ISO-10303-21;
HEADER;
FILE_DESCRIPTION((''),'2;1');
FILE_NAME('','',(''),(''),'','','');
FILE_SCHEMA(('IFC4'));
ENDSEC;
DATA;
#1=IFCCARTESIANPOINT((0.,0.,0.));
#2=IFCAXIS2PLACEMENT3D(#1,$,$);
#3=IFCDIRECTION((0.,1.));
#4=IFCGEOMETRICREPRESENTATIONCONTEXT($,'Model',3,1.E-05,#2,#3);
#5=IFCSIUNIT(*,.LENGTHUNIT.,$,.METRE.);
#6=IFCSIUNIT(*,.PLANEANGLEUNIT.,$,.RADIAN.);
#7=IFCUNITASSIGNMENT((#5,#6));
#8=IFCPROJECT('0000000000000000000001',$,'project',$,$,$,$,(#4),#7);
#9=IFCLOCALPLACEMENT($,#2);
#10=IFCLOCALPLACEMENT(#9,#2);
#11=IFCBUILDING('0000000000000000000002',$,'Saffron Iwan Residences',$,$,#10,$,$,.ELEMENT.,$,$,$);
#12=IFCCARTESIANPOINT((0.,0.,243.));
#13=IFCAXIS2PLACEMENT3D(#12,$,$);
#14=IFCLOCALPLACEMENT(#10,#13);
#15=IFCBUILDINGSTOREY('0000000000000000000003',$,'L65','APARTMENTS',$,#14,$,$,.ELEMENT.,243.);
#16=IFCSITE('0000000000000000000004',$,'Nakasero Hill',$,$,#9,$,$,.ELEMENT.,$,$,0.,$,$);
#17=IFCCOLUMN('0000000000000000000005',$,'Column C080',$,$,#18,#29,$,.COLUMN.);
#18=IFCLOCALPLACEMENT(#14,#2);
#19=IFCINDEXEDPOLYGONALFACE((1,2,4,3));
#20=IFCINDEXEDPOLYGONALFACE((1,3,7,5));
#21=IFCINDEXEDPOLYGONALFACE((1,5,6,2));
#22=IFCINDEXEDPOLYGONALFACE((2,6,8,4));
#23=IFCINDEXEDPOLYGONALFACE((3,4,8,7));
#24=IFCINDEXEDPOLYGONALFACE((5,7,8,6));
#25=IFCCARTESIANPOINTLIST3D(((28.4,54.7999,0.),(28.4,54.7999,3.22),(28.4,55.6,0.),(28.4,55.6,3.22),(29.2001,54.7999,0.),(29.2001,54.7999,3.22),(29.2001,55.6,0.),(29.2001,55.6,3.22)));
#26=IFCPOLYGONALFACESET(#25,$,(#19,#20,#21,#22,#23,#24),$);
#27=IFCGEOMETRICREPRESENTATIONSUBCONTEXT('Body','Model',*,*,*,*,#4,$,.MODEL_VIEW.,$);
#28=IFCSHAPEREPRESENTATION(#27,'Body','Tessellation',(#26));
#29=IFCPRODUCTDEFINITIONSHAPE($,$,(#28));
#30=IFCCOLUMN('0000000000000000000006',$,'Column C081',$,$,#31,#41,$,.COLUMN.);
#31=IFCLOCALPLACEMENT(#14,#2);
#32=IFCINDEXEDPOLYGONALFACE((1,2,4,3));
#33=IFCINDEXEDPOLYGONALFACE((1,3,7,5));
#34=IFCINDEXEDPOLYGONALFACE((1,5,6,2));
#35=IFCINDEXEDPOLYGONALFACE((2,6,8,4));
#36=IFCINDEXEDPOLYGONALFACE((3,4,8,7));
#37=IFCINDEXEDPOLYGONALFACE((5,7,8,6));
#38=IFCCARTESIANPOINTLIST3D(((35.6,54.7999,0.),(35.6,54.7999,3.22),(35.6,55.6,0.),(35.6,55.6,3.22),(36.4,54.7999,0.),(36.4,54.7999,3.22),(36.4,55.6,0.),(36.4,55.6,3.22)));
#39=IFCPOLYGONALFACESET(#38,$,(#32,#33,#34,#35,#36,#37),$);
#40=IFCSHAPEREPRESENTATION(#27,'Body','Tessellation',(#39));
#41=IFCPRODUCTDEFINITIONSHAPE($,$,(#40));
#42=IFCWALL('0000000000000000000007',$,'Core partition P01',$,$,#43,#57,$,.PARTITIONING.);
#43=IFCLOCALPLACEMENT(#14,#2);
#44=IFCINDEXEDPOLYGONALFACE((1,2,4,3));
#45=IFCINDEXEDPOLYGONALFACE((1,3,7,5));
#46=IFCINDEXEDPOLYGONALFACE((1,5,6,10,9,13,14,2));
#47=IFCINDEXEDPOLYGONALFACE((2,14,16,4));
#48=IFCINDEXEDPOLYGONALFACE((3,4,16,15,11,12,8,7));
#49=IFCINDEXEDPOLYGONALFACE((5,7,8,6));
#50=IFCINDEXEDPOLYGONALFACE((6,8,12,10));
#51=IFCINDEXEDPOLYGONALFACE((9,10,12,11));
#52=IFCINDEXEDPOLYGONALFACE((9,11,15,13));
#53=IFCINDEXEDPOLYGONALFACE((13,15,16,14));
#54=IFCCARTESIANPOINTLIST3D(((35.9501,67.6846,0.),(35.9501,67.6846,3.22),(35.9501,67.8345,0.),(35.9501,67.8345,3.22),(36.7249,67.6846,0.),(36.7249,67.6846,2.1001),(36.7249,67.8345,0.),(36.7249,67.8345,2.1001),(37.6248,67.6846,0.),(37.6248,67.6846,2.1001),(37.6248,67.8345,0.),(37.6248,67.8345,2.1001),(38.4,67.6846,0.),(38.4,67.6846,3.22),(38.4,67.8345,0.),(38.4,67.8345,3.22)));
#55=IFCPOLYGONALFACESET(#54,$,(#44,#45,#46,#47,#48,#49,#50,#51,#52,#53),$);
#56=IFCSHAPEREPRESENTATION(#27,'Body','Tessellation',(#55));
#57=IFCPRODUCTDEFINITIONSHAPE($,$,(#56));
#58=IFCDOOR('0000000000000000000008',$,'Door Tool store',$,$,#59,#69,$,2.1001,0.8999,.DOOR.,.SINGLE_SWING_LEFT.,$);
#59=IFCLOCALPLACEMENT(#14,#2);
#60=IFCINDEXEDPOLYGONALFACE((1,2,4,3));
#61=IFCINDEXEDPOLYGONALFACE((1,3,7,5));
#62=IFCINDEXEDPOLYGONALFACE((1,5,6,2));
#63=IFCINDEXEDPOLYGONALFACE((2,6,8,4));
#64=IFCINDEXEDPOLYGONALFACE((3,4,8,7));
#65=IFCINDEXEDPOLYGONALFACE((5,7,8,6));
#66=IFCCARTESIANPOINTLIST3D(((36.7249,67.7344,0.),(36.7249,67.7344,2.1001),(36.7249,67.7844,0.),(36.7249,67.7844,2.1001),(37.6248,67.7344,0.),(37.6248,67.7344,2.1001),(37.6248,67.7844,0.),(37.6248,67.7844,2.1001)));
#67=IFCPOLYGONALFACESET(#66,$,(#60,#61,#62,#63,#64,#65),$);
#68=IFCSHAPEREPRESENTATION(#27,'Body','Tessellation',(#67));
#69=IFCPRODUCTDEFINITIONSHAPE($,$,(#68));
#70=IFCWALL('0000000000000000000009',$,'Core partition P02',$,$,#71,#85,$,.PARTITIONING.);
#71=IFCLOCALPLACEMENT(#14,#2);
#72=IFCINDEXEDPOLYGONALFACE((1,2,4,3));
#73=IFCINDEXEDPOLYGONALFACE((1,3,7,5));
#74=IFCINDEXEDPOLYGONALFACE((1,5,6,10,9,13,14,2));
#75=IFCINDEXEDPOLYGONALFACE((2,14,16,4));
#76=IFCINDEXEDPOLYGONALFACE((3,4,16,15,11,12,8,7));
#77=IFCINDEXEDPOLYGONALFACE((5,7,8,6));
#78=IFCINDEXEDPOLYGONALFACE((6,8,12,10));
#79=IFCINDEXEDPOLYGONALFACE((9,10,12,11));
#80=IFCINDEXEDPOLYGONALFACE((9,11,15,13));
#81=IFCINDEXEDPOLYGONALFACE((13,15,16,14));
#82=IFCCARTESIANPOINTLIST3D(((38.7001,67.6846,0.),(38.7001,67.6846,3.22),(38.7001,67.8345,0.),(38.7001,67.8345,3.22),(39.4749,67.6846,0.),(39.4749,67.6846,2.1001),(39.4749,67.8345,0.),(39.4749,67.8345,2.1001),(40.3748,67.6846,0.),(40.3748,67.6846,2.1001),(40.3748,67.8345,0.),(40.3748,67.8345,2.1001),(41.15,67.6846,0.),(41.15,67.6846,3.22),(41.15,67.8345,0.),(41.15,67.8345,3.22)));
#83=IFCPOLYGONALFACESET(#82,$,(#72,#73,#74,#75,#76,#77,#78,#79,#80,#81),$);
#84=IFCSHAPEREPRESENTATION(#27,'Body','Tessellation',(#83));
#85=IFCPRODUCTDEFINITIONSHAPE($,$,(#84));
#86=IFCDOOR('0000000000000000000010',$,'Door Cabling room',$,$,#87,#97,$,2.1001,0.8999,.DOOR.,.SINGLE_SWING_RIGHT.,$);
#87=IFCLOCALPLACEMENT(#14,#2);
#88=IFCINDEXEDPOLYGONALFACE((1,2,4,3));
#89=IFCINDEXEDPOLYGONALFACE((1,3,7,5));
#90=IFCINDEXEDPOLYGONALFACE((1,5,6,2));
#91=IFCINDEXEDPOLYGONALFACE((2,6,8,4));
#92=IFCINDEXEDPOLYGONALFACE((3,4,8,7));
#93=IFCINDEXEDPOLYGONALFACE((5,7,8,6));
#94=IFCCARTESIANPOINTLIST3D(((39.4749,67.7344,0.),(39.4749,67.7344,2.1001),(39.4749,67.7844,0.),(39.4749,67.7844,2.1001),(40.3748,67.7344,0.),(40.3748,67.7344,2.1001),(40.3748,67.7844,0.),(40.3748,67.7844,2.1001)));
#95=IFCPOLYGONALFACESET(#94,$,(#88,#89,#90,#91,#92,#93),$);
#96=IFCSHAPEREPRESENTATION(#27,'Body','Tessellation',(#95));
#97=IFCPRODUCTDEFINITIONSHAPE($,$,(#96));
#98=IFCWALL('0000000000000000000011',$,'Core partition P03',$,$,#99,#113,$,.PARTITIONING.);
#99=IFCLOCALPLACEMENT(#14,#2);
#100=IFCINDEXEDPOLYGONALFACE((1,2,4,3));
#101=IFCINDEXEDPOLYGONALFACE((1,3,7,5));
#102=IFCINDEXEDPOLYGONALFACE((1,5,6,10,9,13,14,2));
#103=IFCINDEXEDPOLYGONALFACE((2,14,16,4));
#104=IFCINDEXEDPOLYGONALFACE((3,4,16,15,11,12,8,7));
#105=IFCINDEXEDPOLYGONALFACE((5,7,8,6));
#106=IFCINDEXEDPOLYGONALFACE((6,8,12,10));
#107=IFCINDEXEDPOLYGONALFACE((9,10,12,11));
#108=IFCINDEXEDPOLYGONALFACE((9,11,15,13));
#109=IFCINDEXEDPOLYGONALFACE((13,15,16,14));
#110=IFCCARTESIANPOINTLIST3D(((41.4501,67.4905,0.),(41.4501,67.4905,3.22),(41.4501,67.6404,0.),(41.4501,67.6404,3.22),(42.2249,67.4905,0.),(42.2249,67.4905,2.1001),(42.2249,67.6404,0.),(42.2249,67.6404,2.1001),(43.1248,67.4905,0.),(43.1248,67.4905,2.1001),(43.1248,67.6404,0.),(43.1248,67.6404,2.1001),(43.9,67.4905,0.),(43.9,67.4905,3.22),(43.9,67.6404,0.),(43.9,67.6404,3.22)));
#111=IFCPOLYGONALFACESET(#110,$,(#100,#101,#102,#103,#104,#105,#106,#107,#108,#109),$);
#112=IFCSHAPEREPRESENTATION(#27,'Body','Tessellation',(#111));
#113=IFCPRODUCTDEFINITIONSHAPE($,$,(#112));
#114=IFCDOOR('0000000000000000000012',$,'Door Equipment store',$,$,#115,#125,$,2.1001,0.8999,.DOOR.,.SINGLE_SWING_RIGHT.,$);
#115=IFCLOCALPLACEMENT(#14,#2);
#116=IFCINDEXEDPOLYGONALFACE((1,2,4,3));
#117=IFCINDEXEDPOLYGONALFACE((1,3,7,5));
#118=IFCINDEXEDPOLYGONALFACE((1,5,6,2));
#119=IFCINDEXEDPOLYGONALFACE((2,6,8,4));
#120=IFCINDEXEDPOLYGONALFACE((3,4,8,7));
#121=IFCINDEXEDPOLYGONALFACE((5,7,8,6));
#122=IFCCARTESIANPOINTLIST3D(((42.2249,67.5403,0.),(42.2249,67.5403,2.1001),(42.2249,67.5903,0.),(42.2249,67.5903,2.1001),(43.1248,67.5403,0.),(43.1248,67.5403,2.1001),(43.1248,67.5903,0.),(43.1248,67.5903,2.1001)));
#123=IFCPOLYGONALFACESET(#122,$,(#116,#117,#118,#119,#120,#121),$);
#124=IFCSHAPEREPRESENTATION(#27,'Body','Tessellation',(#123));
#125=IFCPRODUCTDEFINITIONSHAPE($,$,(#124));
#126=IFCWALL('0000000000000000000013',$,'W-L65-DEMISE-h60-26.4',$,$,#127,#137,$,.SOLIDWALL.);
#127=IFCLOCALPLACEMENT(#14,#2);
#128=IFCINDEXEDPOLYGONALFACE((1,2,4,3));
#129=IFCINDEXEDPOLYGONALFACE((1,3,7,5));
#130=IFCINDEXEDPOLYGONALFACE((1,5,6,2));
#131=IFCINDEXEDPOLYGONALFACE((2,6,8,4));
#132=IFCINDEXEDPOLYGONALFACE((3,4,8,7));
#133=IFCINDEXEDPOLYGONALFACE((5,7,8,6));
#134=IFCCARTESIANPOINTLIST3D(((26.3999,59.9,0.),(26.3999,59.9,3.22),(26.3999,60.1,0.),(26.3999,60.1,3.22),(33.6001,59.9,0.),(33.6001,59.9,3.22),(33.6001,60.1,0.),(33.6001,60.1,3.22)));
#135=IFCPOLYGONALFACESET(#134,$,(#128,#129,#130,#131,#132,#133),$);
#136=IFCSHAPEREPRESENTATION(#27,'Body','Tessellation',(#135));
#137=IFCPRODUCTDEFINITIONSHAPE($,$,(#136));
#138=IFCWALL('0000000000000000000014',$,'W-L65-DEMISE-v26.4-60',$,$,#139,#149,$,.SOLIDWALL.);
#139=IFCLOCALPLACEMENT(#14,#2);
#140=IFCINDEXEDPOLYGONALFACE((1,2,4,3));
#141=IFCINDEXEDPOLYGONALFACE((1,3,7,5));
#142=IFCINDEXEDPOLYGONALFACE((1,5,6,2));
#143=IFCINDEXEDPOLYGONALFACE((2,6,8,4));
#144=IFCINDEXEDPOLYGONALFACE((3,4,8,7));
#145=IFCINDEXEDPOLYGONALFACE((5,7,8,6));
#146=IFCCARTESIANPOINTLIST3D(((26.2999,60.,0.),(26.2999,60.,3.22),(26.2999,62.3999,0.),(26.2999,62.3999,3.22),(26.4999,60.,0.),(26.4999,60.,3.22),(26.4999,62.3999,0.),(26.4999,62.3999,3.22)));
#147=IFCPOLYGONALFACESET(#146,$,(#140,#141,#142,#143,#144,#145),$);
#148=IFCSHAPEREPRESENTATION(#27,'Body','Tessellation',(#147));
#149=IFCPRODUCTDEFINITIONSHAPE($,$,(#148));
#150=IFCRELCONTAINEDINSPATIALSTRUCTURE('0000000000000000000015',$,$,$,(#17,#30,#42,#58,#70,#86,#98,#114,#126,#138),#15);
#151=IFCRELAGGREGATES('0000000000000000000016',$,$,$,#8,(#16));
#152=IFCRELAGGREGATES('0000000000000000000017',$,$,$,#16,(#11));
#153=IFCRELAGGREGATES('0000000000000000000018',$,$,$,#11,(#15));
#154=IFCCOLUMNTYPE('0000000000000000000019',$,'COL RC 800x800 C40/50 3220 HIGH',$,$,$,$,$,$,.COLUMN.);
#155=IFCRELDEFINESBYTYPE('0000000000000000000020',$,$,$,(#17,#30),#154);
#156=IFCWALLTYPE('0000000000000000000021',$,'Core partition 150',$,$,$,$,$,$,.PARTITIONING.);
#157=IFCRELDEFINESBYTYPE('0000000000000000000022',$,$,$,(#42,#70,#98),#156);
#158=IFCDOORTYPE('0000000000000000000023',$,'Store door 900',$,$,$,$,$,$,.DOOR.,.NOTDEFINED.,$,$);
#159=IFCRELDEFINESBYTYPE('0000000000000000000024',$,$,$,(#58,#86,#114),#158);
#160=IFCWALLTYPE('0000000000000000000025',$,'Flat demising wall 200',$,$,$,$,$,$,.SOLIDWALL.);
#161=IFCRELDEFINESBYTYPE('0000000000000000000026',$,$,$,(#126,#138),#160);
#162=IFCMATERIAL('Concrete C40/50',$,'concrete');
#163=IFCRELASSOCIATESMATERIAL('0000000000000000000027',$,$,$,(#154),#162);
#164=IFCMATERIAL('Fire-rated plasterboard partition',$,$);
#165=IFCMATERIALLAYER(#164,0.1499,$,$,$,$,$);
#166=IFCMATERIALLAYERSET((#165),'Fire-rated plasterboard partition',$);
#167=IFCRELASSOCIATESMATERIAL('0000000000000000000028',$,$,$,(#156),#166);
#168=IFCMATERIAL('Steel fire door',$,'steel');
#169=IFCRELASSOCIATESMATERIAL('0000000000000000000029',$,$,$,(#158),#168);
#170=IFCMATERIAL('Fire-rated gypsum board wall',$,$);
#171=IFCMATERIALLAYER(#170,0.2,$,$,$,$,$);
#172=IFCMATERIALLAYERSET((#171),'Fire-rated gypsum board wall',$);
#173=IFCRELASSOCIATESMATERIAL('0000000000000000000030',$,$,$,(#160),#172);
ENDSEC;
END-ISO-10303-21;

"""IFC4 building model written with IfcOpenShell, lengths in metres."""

from ifc_helpers import new_model, si_unit, direction, frame, frame_2d, origin, origin_2d, place, context, subcontext, project, spatial, rectangle, extrude, source, transform, mapped, material, layer, layer_set, material_profile, profile_set, type_object, element, fill, save


model = new_model("IFC4")

# Units and contexts
model_context = context("Model", 3, precision=1e-05, world=origin(), true_north=direction((0.0, 1.0)))
body_context = subcontext(model_context, "Body", "Model", "MODEL_VIEW")
ifc_project = project(units=[si_unit("LENGTHUNIT", "METRE"), si_unit("PLANEANGLEUNIT", "RADIAN")], contexts=[model_context])

# Site, building, storey
site_placement = place(None, origin())
site = spatial("IfcSite", under=ifc_project, at=site_placement, Name="Nakasero Hill", CompositionType="ELEMENT", RefElevation=0.0)
building_placement = place(site_placement, origin())
building = spatial("IfcBuilding", under=site, at=building_placement, Name="Saffron Iwan Residences", CompositionType="ELEMENT")
storey_placement = place(building_placement, frame((0.0, 0.0, 243.0)))
storey = spatial("IfcBuildingStorey", under=building, at=storey_placement, Name="L65", Description="APARTMENTS", CompositionType="ELEMENT", Elevation=243.0)

# Columns
ifc_material_1 = material(Name="Concrete C40/50", Category="concrete")
ifc_material_profile = material_profile(ifc_material_1, rectangle(XDim=0.8, YDim=0.8, at=origin_2d()), Name="RC 800x800")
ifc_profile_set = profile_set([ifc_material_profile], Name="Concrete C40/50")
column_type = type_object("IfcColumnType", Name="COL RC 800x800 C40/50 3220 HIGH", PredefinedType="COLUMN", material=ifc_profile_set)
shared_shape = source(origin(), body_context, "Body", "SweptSolid", [
    extrude(rectangle(XDim=0.8, YDim=0.8, at=origin_2d()), origin(), (0.0, 0.0, 1.0), 3.22),
])
for number, where, z_axis, x_axis, name in (
    (1, (28.8, 55.2, 0.0), (0.0, 0.0, 1.0), (1.0, 0.0, 0.0), "Column C080"),
    (2, (36.0, 55.2, 0.0), (0.0, 0.0, 1.0), (1.0, 0.0, 0.0), "Column C081"),
):
    element("IfcColumn", number, at=place(storey_placement, frame(where, z_axis=z_axis, x_axis=x_axis)), inside=storey, type_object=column_type, Name=name, PredefinedType="COLUMN", context=body_context, shape_type="MappedRepresentation", body=[
        mapped(shared_shape, transform((0.0, 0.0, 0.0))),
    ])

# Walls, openings, doors
ifc_material_2 = material(Name="Fire-rated plasterboard partition")
ifc_layer_1 = layer(ifc_material_2, 0.1499)
ifc_layer_set_1 = layer_set([ifc_layer_1], Name="Fire-rated plasterboard partition")
wall_type_1 = type_object("IfcWallType", Name="Core partition 150", PredefinedType="PARTITIONING", material=ifc_layer_set_1)
wall_1_placement = place(storey_placement, frame((35.95, 67.7595, 0.0), z_axis=(0.0, 0.0, 1.0), x_axis=(1.0, 0.0, 0.0)))
wall_1 = element("IfcWall", 3, at=wall_1_placement, inside=storey, type_object=wall_type_1, Name="Core partition P01", PredefinedType="PARTITIONING", context=body_context, shape_type="SweptSolid", body=[
    extrude(rectangle(XDim=2.45, YDim=0.1499, at=frame_2d((1.2251, 0.0))), origin(), (0.0, 0.0, 1.0), 3.22),
])
opening_1_placement = place(wall_1_placement, frame((0.7749, 0.0, 0.0)))
opening_1 = element("IfcOpeningElement", 4, at=opening_1_placement, cuts=wall_1, PredefinedType="OPENING", context=body_context, shape_type="SweptSolid", body=[
    extrude(rectangle(XDim=0.8999, YDim=2.1001, at=frame_2d((0.45, 1.05))), frame((0.0, 0.085, 0.0), z_axis=(0.0, -1.0, 0.0), x_axis=(1.0, 0.0, 0.0)), (0.0, 0.0, 1.0), 0.1699),
])
ifc_material_3 = material(Name="Steel fire door", Category="steel")
door_type_1 = type_object("IfcDoorType", Name="Store door 900", OperationType="NOTDEFINED", PredefinedType="DOOR", material=ifc_material_3)
door_1_placement = place(opening_1_placement, origin())
door_1 = element("IfcDoor", 5, at=door_1_placement, inside=storey, type_object=door_type_1, Name="Door Tool store", OperationType="SINGLE_SWING_LEFT", OverallHeight=2.1001, OverallWidth=0.8999, PredefinedType="DOOR", context=body_context, shape_type="SweptSolid", body=[
    extrude(rectangle(XDim=0.8999, YDim=2.1001, at=frame_2d((0.45, 1.05))), frame((0.0, 0.0249, 0.0), z_axis=(0.0, -1.0, 0.0), x_axis=(1.0, 0.0, 0.0)), (0.0, 0.0, 1.0), 0.05),
])
fill(opening_1, door_1)
wall_2_placement = place(storey_placement, frame((38.7, 67.7595, 0.0), z_axis=(0.0, 0.0, 1.0), x_axis=(1.0, 0.0, 0.0)))
wall_2 = element("IfcWall", 6, at=wall_2_placement, inside=storey, type_object=wall_type_1, Name="Core partition P02", PredefinedType="PARTITIONING", context=body_context, shape_type="SweptSolid", body=[
    extrude(rectangle(XDim=2.45, YDim=0.1499, at=frame_2d((1.2251, 0.0))), origin(), (0.0, 0.0, 1.0), 3.22),
])
opening_2_placement = place(wall_2_placement, frame((0.7749, 0.0, 0.0)))
opening_2 = element("IfcOpeningElement", 7, at=opening_2_placement, cuts=wall_2, PredefinedType="OPENING", context=body_context, shape_type="SweptSolid", body=[
    extrude(rectangle(XDim=0.8999, YDim=2.1001, at=frame_2d((0.45, 1.05))), frame((0.0, 0.085, 0.0), z_axis=(0.0, -1.0, 0.0), x_axis=(1.0, 0.0, 0.0)), (0.0, 0.0, 1.0), 0.1699),
])
door_2_placement = place(opening_2_placement, origin())
door_2 = element("IfcDoor", 8, at=door_2_placement, inside=storey, type_object=door_type_1, Name="Door Cabling room", OperationType="SINGLE_SWING_RIGHT", OverallHeight=2.1001, OverallWidth=0.8999, PredefinedType="DOOR", context=body_context, shape_type="SweptSolid", body=[
    extrude(rectangle(XDim=0.8999, YDim=2.1001, at=frame_2d((0.45, 1.05))), frame((0.0, 0.0249, 0.0), z_axis=(0.0, -1.0, 0.0), x_axis=(1.0, 0.0, 0.0)), (0.0, 0.0, 1.0), 0.05),
])
fill(opening_2, door_2)
wall_3_placement = place(storey_placement, frame((41.45, 67.5654, 0.0), z_axis=(0.0, 0.0, 1.0), x_axis=(1.0, 0.0, 0.0)))
wall_3 = element("IfcWall", 9, at=wall_3_placement, inside=storey, type_object=wall_type_1, Name="Core partition P03", PredefinedType="PARTITIONING", context=body_context, shape_type="SweptSolid", body=[
    extrude(rectangle(XDim=2.45, YDim=0.1499, at=frame_2d((1.2251, 0.0))), origin(), (0.0, 0.0, 1.0), 3.22),
])
opening_3_placement = place(wall_3_placement, frame((0.7749, 0.0, 0.0)))
opening_3 = element("IfcOpeningElement", 10, at=opening_3_placement, cuts=wall_3, PredefinedType="OPENING", context=body_context, shape_type="SweptSolid", body=[
    extrude(rectangle(XDim=0.8999, YDim=2.1001, at=frame_2d((0.45, 1.05))), frame((0.0, 0.085, 0.0), z_axis=(0.0, -1.0, 0.0), x_axis=(1.0, 0.0, 0.0)), (0.0, 0.0, 1.0), 0.1699),
])
door_3_placement = place(opening_3_placement, origin())
door_3 = element("IfcDoor", 11, at=door_3_placement, inside=storey, type_object=door_type_1, Name="Door Equipment store", OperationType="SINGLE_SWING_RIGHT", OverallHeight=2.1001, OverallWidth=0.8999, PredefinedType="DOOR", context=body_context, shape_type="SweptSolid", body=[
    extrude(rectangle(XDim=0.8999, YDim=2.1001, at=frame_2d((0.45, 1.05))), frame((0.0, 0.0249, 0.0), z_axis=(0.0, -1.0, 0.0), x_axis=(1.0, 0.0, 0.0)), (0.0, 0.0, 1.0), 0.05),
])
fill(opening_3, door_3)

# Walls
ifc_material_4 = material(Name="Fire-rated gypsum board wall")
ifc_layer_2 = layer(ifc_material_4, 0.2)
ifc_layer_set_2 = layer_set([ifc_layer_2], Name="Fire-rated gypsum board wall")
wall_type_2 = type_object("IfcWallType", Name="Flat demising wall 200", PredefinedType="SOLIDWALL", material=ifc_layer_set_2)
wall_4_placement = place(storey_placement, frame((26.3999, 60.0, 0.0), z_axis=(0.0, 0.0, 1.0), x_axis=(1.0, 0.0, 0.0)))
element("IfcWall", 12, at=wall_4_placement, inside=storey, type_object=wall_type_2, Name="W-L65-DEMISE-h60-26.4", PredefinedType="SOLIDWALL", context=body_context, shape_type="SweptSolid", body=[
    extrude(rectangle(XDim=7.2002, YDim=0.2, at=frame_2d((3.6001, 0.0))), origin(), (0.0, 0.0, 1.0), 3.22),
])
wall_5_placement = place(storey_placement, frame((26.3999, 60.0, 0.0), z_axis=(0.0, 0.0, 1.0), x_axis=(0.0, 1.0, 0.0)))
element("IfcWall", 13, at=wall_5_placement, inside=storey, type_object=wall_type_2, Name="W-L65-DEMISE-v26.4-60", PredefinedType="SOLIDWALL", context=body_context, shape_type="SweptSolid", body=[
    extrude(rectangle(XDim=2.3999, YDim=0.2, at=frame_2d((1.2, 0.0))), origin(), (0.0, 0.0, 1.0), 3.22),
])

save(model, "model.ifc")
